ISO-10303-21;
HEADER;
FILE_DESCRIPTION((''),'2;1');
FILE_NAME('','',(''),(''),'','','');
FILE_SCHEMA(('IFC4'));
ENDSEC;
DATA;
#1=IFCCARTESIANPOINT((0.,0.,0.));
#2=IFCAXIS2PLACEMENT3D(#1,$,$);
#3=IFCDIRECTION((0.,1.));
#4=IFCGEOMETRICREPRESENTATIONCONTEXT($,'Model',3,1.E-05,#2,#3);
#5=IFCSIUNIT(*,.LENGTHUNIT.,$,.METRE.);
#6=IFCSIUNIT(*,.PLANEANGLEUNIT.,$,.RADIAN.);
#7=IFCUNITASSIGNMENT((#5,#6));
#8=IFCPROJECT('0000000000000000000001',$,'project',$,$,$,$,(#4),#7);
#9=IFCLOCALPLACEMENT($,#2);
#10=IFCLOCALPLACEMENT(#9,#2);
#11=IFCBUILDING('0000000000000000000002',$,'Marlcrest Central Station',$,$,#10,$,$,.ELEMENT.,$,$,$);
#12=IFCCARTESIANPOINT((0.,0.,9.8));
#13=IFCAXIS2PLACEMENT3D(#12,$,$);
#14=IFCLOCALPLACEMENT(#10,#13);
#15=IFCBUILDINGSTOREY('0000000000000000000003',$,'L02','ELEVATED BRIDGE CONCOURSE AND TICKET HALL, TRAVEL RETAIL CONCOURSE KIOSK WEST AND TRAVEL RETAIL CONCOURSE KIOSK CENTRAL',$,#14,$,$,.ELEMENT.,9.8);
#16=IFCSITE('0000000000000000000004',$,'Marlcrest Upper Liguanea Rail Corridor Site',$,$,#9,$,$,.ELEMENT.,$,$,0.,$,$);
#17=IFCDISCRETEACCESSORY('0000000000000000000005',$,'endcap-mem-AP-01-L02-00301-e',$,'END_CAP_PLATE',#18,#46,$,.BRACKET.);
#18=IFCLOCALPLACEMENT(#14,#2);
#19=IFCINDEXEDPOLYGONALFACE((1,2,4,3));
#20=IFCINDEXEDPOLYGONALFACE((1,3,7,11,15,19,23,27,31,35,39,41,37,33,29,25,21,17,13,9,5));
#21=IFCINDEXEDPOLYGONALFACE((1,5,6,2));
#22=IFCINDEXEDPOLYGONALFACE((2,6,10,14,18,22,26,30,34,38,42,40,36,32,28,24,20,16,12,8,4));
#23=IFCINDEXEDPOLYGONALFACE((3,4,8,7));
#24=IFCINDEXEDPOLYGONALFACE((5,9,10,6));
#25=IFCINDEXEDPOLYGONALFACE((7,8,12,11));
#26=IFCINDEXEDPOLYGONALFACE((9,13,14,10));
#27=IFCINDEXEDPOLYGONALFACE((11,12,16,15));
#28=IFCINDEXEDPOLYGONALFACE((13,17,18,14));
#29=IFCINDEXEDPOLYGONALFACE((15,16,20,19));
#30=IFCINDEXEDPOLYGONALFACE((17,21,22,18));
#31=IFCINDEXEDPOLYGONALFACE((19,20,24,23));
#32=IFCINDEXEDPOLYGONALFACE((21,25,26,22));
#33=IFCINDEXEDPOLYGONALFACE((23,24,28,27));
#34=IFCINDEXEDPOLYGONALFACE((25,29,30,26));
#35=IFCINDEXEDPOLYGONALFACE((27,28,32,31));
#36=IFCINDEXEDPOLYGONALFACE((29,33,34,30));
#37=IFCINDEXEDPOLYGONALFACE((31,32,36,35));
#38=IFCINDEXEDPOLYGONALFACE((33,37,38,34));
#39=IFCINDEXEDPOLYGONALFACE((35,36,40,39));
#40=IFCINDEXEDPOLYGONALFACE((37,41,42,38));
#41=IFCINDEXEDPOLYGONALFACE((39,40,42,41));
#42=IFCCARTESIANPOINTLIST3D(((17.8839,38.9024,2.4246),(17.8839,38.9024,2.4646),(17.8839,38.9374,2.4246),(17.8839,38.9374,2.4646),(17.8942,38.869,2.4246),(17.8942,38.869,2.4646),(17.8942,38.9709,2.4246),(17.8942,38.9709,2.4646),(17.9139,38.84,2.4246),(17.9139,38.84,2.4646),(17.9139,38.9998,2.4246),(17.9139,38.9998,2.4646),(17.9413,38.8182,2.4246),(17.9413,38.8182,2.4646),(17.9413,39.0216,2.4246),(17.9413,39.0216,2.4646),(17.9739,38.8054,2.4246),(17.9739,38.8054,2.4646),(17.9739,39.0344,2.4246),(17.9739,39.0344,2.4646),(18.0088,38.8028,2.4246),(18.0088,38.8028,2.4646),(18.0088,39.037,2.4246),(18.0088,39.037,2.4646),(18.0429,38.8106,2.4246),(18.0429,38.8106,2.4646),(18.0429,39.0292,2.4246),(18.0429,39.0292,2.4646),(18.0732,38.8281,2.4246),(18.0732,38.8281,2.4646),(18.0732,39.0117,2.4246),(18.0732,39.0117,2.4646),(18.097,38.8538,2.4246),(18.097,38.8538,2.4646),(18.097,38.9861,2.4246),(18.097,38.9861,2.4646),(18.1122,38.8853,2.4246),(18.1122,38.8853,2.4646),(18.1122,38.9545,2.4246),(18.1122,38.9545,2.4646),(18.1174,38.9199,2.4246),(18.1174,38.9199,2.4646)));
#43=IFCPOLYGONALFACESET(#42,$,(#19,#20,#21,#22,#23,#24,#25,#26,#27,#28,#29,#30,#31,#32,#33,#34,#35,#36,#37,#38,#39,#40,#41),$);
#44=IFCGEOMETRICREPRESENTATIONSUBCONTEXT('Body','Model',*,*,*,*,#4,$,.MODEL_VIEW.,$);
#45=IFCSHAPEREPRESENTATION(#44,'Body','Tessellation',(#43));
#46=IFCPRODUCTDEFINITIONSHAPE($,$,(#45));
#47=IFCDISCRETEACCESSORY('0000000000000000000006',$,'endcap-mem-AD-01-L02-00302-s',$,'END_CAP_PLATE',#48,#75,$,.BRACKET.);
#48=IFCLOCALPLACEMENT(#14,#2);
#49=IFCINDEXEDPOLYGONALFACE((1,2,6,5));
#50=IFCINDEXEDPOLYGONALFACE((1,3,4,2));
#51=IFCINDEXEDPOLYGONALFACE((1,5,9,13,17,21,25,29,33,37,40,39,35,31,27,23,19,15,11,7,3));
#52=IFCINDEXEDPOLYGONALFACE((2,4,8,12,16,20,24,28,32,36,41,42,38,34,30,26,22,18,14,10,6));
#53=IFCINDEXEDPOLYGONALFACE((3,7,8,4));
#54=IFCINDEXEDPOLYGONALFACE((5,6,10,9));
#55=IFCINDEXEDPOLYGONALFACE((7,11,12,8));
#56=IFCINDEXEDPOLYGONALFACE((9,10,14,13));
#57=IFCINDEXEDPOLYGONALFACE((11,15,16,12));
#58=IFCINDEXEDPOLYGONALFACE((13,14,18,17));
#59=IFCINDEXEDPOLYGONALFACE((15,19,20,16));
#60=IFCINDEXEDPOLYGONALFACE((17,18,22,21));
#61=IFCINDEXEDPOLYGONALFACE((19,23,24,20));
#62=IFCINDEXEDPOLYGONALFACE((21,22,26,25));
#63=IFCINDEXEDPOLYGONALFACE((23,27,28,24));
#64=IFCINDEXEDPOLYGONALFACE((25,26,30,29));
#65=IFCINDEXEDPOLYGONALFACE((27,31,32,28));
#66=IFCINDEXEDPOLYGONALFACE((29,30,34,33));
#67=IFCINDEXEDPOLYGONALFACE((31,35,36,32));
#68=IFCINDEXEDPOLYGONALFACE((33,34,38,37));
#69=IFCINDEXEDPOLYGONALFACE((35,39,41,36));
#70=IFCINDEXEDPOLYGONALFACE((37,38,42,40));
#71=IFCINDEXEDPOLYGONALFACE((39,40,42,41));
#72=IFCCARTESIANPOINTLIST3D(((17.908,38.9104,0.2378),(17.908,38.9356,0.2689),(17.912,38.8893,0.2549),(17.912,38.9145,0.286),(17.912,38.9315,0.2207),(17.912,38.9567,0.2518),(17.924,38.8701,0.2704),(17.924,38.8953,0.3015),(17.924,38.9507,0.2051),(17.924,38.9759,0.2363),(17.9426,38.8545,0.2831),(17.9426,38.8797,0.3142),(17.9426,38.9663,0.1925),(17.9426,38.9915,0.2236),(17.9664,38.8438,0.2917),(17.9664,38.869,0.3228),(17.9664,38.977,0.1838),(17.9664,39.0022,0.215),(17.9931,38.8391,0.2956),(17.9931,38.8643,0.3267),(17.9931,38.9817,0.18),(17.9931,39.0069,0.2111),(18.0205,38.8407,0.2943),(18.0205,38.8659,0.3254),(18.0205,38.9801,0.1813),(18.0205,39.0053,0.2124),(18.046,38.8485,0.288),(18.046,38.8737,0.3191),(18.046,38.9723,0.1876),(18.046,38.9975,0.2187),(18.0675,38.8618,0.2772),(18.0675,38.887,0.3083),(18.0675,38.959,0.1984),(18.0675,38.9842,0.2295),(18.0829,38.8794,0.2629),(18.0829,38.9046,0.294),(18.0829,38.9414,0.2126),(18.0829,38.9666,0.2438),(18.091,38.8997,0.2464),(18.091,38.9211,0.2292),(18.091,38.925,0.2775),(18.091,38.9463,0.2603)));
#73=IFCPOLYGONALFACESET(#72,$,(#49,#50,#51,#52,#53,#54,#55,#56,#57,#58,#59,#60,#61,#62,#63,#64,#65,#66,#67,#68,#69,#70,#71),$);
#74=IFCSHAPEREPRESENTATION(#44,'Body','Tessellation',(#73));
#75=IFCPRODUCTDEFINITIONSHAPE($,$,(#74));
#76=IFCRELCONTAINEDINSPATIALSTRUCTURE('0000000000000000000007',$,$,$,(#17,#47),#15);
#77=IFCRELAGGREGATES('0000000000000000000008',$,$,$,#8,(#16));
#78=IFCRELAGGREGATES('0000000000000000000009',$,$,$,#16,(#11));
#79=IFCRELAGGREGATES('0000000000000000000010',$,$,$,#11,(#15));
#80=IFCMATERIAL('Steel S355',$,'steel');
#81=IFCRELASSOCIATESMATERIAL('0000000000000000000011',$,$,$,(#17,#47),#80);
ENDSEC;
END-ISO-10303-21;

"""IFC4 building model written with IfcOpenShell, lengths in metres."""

from ifc_helpers import new_model, si_unit, direction, frame, origin, origin_2d, place, context, subcontext, project, spatial, circle, extrude, material, element, save


model = new_model("IFC4")

# Units and contexts
model_context = context("Model", 3, precision=1e-05, world=origin(), true_north=direction((0.0, 1.0)))
body_context = subcontext(model_context, "Body", "Model", "MODEL_VIEW")
ifc_project = project(units=[si_unit("LENGTHUNIT", "METRE"), si_unit("PLANEANGLEUNIT", "RADIAN")], contexts=[model_context])

# Site, building, storey
site_placement = place(None, origin())
site = spatial("IfcSite", under=ifc_project, at=site_placement, Name="Marlcrest Upper Liguanea Rail Corridor Site", CompositionType="ELEMENT", RefElevation=0.0)
building_placement = place(site_placement, origin())
building = spatial("IfcBuilding", under=site, at=building_placement, Name="Marlcrest Central Station", CompositionType="ELEMENT")
storey_placement = place(building_placement, frame((0.0, 0.0, 9.8)))
storey = spatial("IfcBuildingStorey", under=building, at=storey_placement, Name="L02", Description="ELEVATED BRIDGE CONCOURSE AND TICKET HALL, TRAVEL RETAIL CONCOURSE KIOSK WEST AND TRAVEL RETAIL CONCOURSE KIOSK CENTRAL", CompositionType="ELEMENT", Elevation=9.8)

# Shared definitions
ifc_material_1 = material(Name="Steel S355", Category="steel")

# Discrete accessories
for number, where, z_axis, x_axis, name in (
    (1, (18.0, 38.9199, 2.4246), (0.0, 0.0, 1.0), (1.0, 0.0, 0.0), "endcap-mem-AP-01-L02-00301-e"),
):
    element("IfcDiscreteAccessory", number, at=place(storey_placement, frame(where, z_axis=z_axis, x_axis=x_axis)), inside=storey, material=ifc_material_1, Name=name, ObjectType="END_CAP_PLATE", PredefinedType="BRACKET", context=body_context, shape_type="SweptSolid", body=[
        extrude(circle(Radius=0.1174, at=origin_2d()), origin(), (0.0, 0.0, 1.0), 0.04),
    ])
discrete_accessory_1_placement = place(storey_placement, frame((18.0, 38.9104, 0.2378), z_axis=(0.0, 0.629629, 0.776896), x_axis=(-1.0, 0.0, 0.0)))
element("IfcDiscreteAccessory", 2, at=discrete_accessory_1_placement, inside=storey, material=ifc_material_1, Name="endcap-mem-AD-01-L02-00302-s", ObjectType="END_CAP_PLATE", PredefinedType="BRACKET", context=body_context, shape_type="SweptSolid", body=[
    extrude(circle(Radius=0.092, at=origin_2d()), origin(), (0.0, 0.0, 1.0), 0.04),
])

save(model, "model.ifc")
